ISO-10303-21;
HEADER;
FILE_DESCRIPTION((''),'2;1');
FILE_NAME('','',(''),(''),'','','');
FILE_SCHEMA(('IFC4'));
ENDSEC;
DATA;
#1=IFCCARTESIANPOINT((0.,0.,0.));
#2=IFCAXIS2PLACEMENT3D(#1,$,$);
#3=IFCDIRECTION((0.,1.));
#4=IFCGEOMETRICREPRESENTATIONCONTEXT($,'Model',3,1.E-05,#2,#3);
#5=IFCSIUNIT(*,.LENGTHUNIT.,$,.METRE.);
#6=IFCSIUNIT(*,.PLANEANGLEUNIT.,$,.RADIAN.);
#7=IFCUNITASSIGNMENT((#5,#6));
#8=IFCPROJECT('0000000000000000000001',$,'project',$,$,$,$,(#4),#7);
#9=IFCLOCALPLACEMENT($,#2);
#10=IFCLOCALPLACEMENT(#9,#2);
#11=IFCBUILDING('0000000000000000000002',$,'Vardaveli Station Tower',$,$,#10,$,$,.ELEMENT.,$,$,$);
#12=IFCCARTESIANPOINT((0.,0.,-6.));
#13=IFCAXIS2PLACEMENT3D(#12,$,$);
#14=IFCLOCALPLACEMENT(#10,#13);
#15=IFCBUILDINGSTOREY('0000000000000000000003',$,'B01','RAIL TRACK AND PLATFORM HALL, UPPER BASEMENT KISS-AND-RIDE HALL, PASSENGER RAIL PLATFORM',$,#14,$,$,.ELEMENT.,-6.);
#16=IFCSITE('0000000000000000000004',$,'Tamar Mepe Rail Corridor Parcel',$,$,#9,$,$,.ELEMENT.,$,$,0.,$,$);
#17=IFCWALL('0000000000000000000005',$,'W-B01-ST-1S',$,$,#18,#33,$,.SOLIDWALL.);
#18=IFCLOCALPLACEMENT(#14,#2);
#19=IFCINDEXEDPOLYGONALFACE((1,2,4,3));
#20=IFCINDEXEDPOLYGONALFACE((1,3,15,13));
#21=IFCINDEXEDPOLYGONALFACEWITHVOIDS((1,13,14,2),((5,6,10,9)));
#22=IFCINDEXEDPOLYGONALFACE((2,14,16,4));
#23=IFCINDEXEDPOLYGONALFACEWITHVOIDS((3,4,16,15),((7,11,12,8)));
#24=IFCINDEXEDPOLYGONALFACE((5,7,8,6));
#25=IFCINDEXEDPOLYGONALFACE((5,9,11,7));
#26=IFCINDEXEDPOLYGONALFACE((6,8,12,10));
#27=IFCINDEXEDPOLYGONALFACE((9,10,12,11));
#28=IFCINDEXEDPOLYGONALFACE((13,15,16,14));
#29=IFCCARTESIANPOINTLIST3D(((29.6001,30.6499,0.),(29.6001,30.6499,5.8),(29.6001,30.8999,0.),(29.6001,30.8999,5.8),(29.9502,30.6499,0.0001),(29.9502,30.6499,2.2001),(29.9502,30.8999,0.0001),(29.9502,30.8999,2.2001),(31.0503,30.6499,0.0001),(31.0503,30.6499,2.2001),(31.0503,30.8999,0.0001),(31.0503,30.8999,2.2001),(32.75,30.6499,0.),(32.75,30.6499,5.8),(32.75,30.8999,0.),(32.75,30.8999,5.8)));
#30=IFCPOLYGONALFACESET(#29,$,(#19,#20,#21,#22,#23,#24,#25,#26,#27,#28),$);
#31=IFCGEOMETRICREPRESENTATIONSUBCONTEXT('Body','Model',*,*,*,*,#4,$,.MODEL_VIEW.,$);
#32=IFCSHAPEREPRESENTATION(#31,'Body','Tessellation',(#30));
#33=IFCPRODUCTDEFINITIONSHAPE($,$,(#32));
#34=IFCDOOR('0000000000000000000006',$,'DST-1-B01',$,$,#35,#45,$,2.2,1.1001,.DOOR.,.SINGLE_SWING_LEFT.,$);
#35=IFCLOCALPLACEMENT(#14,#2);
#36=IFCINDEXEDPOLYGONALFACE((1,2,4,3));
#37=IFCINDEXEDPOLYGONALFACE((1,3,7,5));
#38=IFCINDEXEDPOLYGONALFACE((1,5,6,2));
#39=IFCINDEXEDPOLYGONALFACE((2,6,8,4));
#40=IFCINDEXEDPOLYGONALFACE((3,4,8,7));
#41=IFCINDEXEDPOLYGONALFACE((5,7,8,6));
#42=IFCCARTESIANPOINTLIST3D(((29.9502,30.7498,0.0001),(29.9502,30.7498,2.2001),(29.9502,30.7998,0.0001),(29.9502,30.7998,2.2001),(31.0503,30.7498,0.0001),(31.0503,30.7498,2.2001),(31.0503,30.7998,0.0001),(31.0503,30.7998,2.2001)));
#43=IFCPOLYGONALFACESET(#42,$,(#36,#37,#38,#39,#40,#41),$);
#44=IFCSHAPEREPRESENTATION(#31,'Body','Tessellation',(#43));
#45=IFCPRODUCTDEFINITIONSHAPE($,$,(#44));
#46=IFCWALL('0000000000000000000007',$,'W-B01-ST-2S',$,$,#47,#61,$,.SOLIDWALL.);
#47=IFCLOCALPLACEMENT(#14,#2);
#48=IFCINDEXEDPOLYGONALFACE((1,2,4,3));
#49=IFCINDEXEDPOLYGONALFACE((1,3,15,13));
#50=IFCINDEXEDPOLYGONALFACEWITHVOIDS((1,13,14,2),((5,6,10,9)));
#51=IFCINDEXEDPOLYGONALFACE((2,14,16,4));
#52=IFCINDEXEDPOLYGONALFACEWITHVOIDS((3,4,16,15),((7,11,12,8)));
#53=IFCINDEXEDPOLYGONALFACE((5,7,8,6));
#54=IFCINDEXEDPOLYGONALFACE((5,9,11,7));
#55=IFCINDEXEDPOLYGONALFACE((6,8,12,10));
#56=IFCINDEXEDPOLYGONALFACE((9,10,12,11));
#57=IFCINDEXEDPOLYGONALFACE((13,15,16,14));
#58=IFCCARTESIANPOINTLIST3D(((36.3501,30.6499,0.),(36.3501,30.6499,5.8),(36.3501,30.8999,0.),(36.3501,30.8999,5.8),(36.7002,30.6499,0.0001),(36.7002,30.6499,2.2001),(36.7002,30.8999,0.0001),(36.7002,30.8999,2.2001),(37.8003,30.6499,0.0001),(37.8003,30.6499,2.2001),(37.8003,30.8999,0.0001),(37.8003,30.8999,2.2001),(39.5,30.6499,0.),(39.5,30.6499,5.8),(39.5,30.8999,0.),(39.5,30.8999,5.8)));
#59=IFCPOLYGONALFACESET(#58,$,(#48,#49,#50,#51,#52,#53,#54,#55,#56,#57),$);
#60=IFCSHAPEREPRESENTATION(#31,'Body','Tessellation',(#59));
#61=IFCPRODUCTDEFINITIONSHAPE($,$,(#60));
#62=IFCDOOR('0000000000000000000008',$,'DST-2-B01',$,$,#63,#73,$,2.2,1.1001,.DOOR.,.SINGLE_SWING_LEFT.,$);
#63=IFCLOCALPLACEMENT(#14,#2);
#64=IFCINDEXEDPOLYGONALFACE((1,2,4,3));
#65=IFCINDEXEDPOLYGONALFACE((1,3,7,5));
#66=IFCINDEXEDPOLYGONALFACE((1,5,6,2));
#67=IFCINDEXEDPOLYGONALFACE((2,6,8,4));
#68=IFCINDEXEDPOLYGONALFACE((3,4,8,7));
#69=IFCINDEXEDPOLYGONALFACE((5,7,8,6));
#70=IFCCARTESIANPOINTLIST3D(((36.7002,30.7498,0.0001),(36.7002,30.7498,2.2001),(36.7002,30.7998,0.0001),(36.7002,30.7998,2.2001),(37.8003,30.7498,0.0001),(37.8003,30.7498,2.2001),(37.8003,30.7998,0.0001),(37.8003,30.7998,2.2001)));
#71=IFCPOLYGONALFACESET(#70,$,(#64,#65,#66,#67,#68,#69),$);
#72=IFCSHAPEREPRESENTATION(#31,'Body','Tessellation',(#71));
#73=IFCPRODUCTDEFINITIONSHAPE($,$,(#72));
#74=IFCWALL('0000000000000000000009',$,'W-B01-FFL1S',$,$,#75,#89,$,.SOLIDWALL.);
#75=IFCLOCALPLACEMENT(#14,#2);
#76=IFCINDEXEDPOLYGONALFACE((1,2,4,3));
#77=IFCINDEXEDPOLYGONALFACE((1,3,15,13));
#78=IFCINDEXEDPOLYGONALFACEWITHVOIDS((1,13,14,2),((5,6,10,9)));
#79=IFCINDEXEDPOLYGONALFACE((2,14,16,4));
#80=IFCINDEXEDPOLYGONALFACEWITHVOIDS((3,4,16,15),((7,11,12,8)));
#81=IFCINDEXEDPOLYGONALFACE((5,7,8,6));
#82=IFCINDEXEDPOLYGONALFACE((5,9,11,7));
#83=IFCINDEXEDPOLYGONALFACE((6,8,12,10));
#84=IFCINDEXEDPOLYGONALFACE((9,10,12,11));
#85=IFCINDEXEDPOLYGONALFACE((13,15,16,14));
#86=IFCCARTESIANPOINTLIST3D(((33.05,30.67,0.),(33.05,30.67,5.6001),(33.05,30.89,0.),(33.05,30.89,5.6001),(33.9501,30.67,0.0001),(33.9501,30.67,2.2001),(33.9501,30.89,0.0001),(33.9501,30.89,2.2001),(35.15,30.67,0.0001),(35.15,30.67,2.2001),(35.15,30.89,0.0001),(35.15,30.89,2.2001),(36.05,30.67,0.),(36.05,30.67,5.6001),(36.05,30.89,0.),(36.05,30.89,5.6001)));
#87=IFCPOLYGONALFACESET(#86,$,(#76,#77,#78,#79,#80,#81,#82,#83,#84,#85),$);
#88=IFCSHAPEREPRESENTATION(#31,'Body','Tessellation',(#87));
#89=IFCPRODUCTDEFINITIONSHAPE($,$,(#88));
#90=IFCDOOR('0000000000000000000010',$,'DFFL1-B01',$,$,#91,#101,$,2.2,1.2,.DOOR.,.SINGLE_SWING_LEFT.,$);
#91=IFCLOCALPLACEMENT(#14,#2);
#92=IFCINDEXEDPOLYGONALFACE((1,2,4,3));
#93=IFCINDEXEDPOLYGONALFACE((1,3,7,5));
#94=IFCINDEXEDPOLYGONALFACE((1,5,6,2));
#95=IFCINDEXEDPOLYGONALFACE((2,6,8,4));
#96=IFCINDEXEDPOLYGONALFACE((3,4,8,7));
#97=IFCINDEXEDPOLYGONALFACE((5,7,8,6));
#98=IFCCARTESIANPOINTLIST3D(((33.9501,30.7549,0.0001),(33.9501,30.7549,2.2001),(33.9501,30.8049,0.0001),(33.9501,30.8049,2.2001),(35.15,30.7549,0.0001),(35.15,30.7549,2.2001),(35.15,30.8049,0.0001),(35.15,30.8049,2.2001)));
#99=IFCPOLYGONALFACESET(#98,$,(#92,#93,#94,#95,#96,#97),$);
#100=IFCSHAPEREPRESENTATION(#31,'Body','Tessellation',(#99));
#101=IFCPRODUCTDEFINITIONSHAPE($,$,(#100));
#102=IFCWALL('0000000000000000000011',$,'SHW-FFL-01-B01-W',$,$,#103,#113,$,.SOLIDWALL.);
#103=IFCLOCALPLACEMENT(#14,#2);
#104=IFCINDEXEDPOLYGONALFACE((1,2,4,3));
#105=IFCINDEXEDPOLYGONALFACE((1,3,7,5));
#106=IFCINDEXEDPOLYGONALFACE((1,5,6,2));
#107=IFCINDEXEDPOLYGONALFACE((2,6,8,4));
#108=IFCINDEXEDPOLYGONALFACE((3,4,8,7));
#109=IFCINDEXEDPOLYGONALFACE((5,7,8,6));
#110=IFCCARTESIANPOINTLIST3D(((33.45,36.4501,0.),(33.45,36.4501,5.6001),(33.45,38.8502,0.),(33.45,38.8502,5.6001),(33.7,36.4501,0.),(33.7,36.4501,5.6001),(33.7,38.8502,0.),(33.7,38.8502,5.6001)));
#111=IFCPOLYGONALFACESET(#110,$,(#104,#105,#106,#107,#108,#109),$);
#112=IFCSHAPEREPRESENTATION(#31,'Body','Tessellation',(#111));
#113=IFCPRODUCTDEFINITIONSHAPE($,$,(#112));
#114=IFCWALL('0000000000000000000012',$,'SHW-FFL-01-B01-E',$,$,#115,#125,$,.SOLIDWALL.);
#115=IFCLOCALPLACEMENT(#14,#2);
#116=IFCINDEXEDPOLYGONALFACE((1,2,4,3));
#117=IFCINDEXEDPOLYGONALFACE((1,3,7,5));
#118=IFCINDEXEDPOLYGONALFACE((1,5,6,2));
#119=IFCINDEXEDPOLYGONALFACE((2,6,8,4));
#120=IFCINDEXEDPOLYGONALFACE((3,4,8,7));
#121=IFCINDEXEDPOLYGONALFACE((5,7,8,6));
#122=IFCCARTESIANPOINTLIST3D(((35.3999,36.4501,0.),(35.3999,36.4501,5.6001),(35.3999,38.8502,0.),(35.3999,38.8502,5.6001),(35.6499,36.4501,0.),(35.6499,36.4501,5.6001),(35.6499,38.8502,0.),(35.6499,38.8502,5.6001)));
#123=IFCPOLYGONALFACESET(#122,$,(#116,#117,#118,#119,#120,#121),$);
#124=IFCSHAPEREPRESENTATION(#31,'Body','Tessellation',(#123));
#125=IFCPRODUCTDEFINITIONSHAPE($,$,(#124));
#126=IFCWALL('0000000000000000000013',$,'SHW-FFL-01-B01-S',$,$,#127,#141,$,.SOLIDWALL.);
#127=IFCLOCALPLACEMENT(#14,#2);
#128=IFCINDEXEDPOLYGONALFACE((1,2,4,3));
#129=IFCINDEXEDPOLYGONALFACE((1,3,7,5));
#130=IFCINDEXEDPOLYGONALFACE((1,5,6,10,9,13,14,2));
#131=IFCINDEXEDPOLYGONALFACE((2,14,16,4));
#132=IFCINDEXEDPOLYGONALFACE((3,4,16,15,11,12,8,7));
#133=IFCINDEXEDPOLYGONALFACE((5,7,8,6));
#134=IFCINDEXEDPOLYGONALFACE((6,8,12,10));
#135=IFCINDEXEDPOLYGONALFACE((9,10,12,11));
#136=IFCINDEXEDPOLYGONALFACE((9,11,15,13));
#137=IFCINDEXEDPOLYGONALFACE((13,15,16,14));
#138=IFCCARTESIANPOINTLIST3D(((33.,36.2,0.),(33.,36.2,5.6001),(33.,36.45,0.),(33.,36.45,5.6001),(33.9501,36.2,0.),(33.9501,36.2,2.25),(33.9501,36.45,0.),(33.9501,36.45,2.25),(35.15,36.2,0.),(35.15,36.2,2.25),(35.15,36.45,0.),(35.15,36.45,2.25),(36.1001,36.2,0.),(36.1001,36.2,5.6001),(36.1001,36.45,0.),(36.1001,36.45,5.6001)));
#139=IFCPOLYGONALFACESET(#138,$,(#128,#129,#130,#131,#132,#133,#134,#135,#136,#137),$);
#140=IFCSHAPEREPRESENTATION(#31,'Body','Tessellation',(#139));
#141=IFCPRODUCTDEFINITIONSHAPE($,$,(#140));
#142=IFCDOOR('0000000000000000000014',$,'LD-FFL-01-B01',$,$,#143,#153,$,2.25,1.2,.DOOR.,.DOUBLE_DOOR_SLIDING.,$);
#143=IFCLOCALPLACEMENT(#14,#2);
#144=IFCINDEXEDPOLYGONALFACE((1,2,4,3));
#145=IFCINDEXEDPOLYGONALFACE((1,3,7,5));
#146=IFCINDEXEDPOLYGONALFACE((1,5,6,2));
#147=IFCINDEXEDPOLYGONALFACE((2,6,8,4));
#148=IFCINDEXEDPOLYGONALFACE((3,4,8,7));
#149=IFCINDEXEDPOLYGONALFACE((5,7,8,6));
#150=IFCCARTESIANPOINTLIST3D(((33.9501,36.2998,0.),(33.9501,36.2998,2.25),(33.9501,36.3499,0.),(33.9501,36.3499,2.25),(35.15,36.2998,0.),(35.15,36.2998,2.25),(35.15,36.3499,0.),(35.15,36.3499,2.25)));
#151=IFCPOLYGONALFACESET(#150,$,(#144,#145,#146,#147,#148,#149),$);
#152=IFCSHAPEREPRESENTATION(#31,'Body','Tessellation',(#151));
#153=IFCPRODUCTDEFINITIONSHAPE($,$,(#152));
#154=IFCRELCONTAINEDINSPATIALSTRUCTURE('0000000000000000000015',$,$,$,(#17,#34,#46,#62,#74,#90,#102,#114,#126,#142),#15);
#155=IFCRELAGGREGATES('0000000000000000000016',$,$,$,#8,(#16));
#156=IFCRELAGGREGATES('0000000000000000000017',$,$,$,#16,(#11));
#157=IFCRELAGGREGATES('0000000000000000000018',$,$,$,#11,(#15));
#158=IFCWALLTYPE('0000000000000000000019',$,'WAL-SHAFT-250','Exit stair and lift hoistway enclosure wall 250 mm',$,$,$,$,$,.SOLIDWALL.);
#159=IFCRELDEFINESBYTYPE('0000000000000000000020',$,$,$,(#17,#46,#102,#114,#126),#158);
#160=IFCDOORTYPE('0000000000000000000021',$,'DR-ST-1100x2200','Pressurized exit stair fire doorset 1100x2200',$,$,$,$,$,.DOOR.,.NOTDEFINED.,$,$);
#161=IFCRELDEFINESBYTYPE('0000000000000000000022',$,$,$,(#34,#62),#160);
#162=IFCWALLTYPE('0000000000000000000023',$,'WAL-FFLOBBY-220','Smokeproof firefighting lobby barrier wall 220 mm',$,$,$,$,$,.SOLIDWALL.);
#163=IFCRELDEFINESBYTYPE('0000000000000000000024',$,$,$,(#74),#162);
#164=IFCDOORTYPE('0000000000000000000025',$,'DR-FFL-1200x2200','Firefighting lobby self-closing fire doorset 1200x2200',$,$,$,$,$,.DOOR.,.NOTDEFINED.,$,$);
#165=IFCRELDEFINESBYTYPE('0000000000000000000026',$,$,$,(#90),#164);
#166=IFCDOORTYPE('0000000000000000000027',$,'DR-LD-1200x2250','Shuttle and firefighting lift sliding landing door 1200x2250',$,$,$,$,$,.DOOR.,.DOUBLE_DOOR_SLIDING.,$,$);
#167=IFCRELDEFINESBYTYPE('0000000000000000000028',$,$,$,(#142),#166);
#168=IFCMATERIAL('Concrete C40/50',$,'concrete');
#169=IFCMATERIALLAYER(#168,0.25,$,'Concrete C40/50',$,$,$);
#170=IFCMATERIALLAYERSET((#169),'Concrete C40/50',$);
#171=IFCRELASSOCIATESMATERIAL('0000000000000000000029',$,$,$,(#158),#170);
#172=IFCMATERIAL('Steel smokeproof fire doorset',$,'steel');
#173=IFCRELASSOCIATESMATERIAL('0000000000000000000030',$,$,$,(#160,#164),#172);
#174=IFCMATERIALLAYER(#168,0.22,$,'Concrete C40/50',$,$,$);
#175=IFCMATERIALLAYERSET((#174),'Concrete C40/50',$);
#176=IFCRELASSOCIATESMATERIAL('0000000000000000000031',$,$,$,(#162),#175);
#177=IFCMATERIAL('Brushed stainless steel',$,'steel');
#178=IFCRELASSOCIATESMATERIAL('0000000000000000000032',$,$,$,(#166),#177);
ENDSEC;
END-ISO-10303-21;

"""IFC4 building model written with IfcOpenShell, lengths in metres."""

from ifc_helpers import new_model, si_unit, direction, frame, frame_2d, origin, place, context, subcontext, project, spatial, rectangle, extrude, source, transform, mapped, material, layer, layer_set, type_object, element, fill, save


model = new_model("IFC4")

# Units and contexts
model_context = context("Model", 3, precision=1e-05, world=origin(), true_north=direction((0.0, 1.0)))
body_context = subcontext(model_context, "Body", "Model", "MODEL_VIEW")
ifc_project = project(units=[si_unit("LENGTHUNIT", "METRE"), si_unit("PLANEANGLEUNIT", "RADIAN")], contexts=[model_context])

# Site, building, storey
site_placement = place(None, origin())
site = spatial("IfcSite", under=ifc_project, at=site_placement, Name="Tamar Mepe Rail Corridor Parcel", CompositionType="ELEMENT", RefElevation=0.0)
building_placement = place(site_placement, origin())
building = spatial("IfcBuilding", under=site, at=building_placement, Name="Vardaveli Station Tower", CompositionType="ELEMENT")
storey_placement = place(building_placement, frame((0.0, 0.0, -6.0)))
storey = spatial("IfcBuildingStorey", under=building, at=storey_placement, Name="B01", Description="RAIL TRACK AND PLATFORM HALL, UPPER BASEMENT KISS-AND-RIDE HALL, PASSENGER RAIL PLATFORM", CompositionType="ELEMENT", Elevation=-6.0)

# Walls, openings, doors
ifc_material_1 = material(Name="Concrete C40/50", Category="concrete")
ifc_layer_1 = layer(ifc_material_1, 0.25, Name="Concrete C40/50")
ifc_layer_set_1 = layer_set([ifc_layer_1], Name="Concrete C40/50")
wall_type_1 = type_object("IfcWallType", Name="WAL-SHAFT-250", Description="Exit stair and lift hoistway enclosure wall 250 mm", PredefinedType="SOLIDWALL", material=ifc_layer_set_1)
shared_shape_1 = source(origin(), body_context, "Body", "SweptSolid", [
    extrude(rectangle(XDim=3.1499, YDim=0.25, at=frame_2d((1.575, 0.0))), origin(), (0.0, 0.0, 1.0), 5.8),
])
wall_1_placement = place(storey_placement, frame((29.6001, 30.7749, 0.0), z_axis=(0.0, 0.0, 1.0), x_axis=(1.0, 0.0, 0.0)))
wall_1 = element("IfcWall", 1, at=wall_1_placement, inside=storey, type_object=wall_type_1, Name="W-B01-ST-1S", PredefinedType="SOLIDWALL", context=body_context, shape_type="MappedRepresentation", body=[
    mapped(shared_shape_1, transform((0.0, 0.0, 0.0), scale=1.0)),
])
shared_shape_2 = source(origin(), body_context, "Body", "SweptSolid", [
    extrude(rectangle(XDim=1.1001, YDim=2.2, at=frame_2d((0.55, 1.1001))), frame((0.0, 0.135, 0.0), z_axis=(0.0, -1.0, 0.0), x_axis=(1.0, 0.0, 0.0)), (0.0, 0.0, 1.0), 0.27),
])
opening_1_placement = place(wall_1_placement, frame((0.3501, 0.0, 0.0)))
opening_1 = element("IfcOpeningElement", 2, at=opening_1_placement, cuts=wall_1, PredefinedType="OPENING", context=body_context, shape_type="MappedRepresentation", body=[
    mapped(shared_shape_2, transform((0.0, 0.0, 0.0), scale=1.0)),
])
ifc_material_2 = material(Name="Steel smokeproof fire doorset", Category="steel")
door_type_1 = type_object("IfcDoorType", Name="DR-ST-1100x2200", Description="Pressurized exit stair fire doorset 1100x2200", OperationType="NOTDEFINED", PredefinedType="DOOR", material=ifc_material_2)
shared_shape_3 = source(origin(), body_context, "Body", "SweptSolid", [
    extrude(rectangle(XDim=1.1001, YDim=2.2, at=frame_2d((0.55, 1.1001))), frame((0.0, 0.0249, 0.0), z_axis=(0.0, -1.0, 0.0), x_axis=(1.0, 0.0, 0.0)), (0.0, 0.0, 1.0), 0.05),
])
door_1_placement = place(opening_1_placement, origin())
door_1 = element("IfcDoor", 3, at=door_1_placement, inside=storey, type_object=door_type_1, Name="DST-1-B01", OperationType="SINGLE_SWING_LEFT", OverallHeight=2.2, OverallWidth=1.1001, PredefinedType="DOOR", context=body_context, shape_type="MappedRepresentation", body=[
    mapped(shared_shape_3, transform((0.0, 0.0, 0.0), scale=1.0)),
])
fill(opening_1, door_1)
wall_2_placement = place(storey_placement, frame((36.3501, 30.7749, 0.0), z_axis=(0.0, 0.0, 1.0), x_axis=(1.0, 0.0, 0.0)))
wall_2 = element("IfcWall", 4, at=wall_2_placement, inside=storey, type_object=wall_type_1, Name="W-B01-ST-2S", PredefinedType="SOLIDWALL", context=body_context, shape_type="MappedRepresentation", body=[
    mapped(shared_shape_1, transform((0.0, 0.0, 0.0), scale=1.0)),
])
opening_2_placement = place(wall_2_placement, frame((0.3501, 0.0, 0.0)))
opening_2 = element("IfcOpeningElement", 5, at=opening_2_placement, cuts=wall_2, PredefinedType="OPENING", context=body_context, shape_type="MappedRepresentation", body=[
    mapped(shared_shape_2, transform((0.0, 0.0, 0.0), scale=1.0)),
])
door_2_placement = place(opening_2_placement, origin())
door_2 = element("IfcDoor", 6, at=door_2_placement, inside=storey, type_object=door_type_1, Name="DST-2-B01", OperationType="SINGLE_SWING_LEFT", OverallHeight=2.2, OverallWidth=1.1001, PredefinedType="DOOR", context=body_context, shape_type="MappedRepresentation", body=[
    mapped(shared_shape_3, transform((0.0, 0.0, 0.0), scale=1.0)),
])
fill(opening_2, door_2)
ifc_layer_2 = layer(ifc_material_1, 0.22, Name="Concrete C40/50")
ifc_layer_set_2 = layer_set([ifc_layer_2], Name="Concrete C40/50")
wall_type_2 = type_object("IfcWallType", Name="WAL-FFLOBBY-220", Description="Smokeproof firefighting lobby barrier wall 220 mm", PredefinedType="SOLIDWALL", material=ifc_layer_set_2)
shared_shape_4 = source(origin(), body_context, "Body", "SweptSolid", [
    extrude(rectangle(XDim=3.0, YDim=0.22, at=frame_2d((1.5, 0.0))), origin(), (0.0, 0.0, 1.0), 5.6001),
])
wall_3_placement = place(storey_placement, frame((33.05, 30.78, 0.0), z_axis=(0.0, 0.0, 1.0), x_axis=(1.0, 0.0, 0.0)))
wall_3 = element("IfcWall", 7, at=wall_3_placement, inside=storey, type_object=wall_type_2, Name="W-B01-FFL1S", PredefinedType="SOLIDWALL", context=body_context, shape_type="MappedRepresentation", body=[
    mapped(shared_shape_4, transform((0.0, 0.0, 0.0), scale=1.0)),
])
shared_shape_5 = source(origin(), body_context, "Body", "SweptSolid", [
    extrude(rectangle(XDim=1.2, YDim=2.2, at=frame_2d((0.6001, 1.1001))), frame((0.0, 0.1201, 0.0), z_axis=(0.0, -1.0, 0.0), x_axis=(1.0, 0.0, 0.0)), (0.0, 0.0, 1.0), 0.24),
])
opening_3_placement = place(wall_3_placement, frame((0.8999, 0.0, 0.0)))
opening_3 = element("IfcOpeningElement", 8, at=opening_3_placement, cuts=wall_3, PredefinedType="OPENING", context=body_context, shape_type="MappedRepresentation", body=[
    mapped(shared_shape_5, transform((0.0, 0.0, 0.0), scale=1.0)),
])
door_type_2 = type_object("IfcDoorType", Name="DR-FFL-1200x2200", Description="Firefighting lobby self-closing fire doorset 1200x2200", OperationType="NOTDEFINED", PredefinedType="DOOR", material=ifc_material_2)
shared_shape_6 = source(origin(), body_context, "Body", "SweptSolid", [
    extrude(rectangle(XDim=1.2, YDim=2.2, at=frame_2d((0.6001, 1.1001))), frame((0.0, 0.0249, 0.0), z_axis=(0.0, -1.0, 0.0), x_axis=(1.0, 0.0, 0.0)), (0.0, 0.0, 1.0), 0.05),
])
door_3_placement = place(opening_3_placement, origin())
door_3 = element("IfcDoor", 9, at=door_3_placement, inside=storey, type_object=door_type_2, Name="DFFL1-B01", OperationType="SINGLE_SWING_LEFT", OverallHeight=2.2, OverallWidth=1.2, PredefinedType="DOOR", context=body_context, shape_type="MappedRepresentation", body=[
    mapped(shared_shape_6, transform((0.0, 0.0, 0.0), scale=1.0)),
])
fill(opening_3, door_3)

# Walls
shared_shape_7 = source(origin(), body_context, "Body", "SweptSolid", [
    extrude(rectangle(XDim=2.4001, YDim=0.25, at=frame_2d((1.2002, 0.0))), origin(), (0.0, 0.0, 1.0), 5.6001),
])
for number, where, z_axis, x_axis, name in (
    (10, (33.575, 36.45, 0.0), (0.0, 0.0, 1.0), (0.0, 1.0, 0.0), "SHW-FFL-01-B01-W"),
    (11, (35.5249, 36.45, 0.0), (0.0, 0.0, 1.0), (0.0, 1.0, 0.0), "SHW-FFL-01-B01-E"),
):
    element("IfcWall", number, at=place(storey_placement, frame(where, z_axis=z_axis, x_axis=x_axis)), inside=storey, type_object=wall_type_1, Name=name, PredefinedType="SOLIDWALL", context=body_context, shape_type="MappedRepresentation", body=[
        mapped(shared_shape_7, transform((0.0, 0.0, 0.0), scale=1.0)),
    ])

# Wall, opening, door
shared_shape_8 = source(origin(), body_context, "Body", "SweptSolid", [
    extrude(rectangle(XDim=3.1001, YDim=0.25, at=frame_2d((1.55, 0.0))), origin(), (0.0, 0.0, 1.0), 5.6001),
])
wall_4_placement = place(storey_placement, frame((33.0, 36.325, 0.0), z_axis=(0.0, 0.0, 1.0), x_axis=(1.0, 0.0, 0.0)))
wall_4 = element("IfcWall", 12, at=wall_4_placement, inside=storey, type_object=wall_type_1, Name="SHW-FFL-01-B01-S", PredefinedType="SOLIDWALL", context=body_context, shape_type="MappedRepresentation", body=[
    mapped(shared_shape_8, transform((0.0, 0.0, 0.0), scale=1.0)),
])
shared_shape_9 = source(origin(), body_context, "Body", "SweptSolid", [
    extrude(rectangle(XDim=1.2, YDim=2.25, at=frame_2d((0.6001, 1.125))), frame((0.0, 0.135, 0.0), z_axis=(0.0, -1.0, 0.0), x_axis=(1.0, 0.0, 0.0)), (0.0, 0.0, 1.0), 0.27),
])
opening_4_placement = place(wall_4_placement, frame((0.95, 0.0, 0.0)))
opening_4 = element("IfcOpeningElement", 13, at=opening_4_placement, cuts=wall_4, PredefinedType="OPENING", context=body_context, shape_type="MappedRepresentation", body=[
    mapped(shared_shape_9, transform((0.0, 0.0, 0.0), scale=1.0)),
])
ifc_material_3 = material(Name="Brushed stainless steel", Category="steel")
door_type_3 = type_object("IfcDoorType", Name="DR-LD-1200x2250", Description="Shuttle and firefighting lift sliding landing door 1200x2250", OperationType="DOUBLE_DOOR_SLIDING", PredefinedType="DOOR", material=ifc_material_3)
shared_shape_10 = source(origin(), body_context, "Body", "SweptSolid", [
    extrude(rectangle(XDim=1.2, YDim=2.25, at=frame_2d((0.6001, 1.125))), frame((0.0, 0.0249, 0.0), z_axis=(0.0, -1.0, 0.0), x_axis=(1.0, 0.0, 0.0)), (0.0, 0.0, 1.0), 0.05),
])
door_4_placement = place(opening_4_placement, origin())
door_4 = element("IfcDoor", 14, at=door_4_placement, inside=storey, type_object=door_type_3, Name="LD-FFL-01-B01", OperationType="DOUBLE_DOOR_SLIDING", OverallHeight=2.25, OverallWidth=1.2, PredefinedType="DOOR", context=body_context, shape_type="MappedRepresentation", body=[
    mapped(shared_shape_10, transform((0.0, 0.0, 0.0), scale=1.0)),
])
fill(opening_4, door_4)

save(model, "model.ifc")
